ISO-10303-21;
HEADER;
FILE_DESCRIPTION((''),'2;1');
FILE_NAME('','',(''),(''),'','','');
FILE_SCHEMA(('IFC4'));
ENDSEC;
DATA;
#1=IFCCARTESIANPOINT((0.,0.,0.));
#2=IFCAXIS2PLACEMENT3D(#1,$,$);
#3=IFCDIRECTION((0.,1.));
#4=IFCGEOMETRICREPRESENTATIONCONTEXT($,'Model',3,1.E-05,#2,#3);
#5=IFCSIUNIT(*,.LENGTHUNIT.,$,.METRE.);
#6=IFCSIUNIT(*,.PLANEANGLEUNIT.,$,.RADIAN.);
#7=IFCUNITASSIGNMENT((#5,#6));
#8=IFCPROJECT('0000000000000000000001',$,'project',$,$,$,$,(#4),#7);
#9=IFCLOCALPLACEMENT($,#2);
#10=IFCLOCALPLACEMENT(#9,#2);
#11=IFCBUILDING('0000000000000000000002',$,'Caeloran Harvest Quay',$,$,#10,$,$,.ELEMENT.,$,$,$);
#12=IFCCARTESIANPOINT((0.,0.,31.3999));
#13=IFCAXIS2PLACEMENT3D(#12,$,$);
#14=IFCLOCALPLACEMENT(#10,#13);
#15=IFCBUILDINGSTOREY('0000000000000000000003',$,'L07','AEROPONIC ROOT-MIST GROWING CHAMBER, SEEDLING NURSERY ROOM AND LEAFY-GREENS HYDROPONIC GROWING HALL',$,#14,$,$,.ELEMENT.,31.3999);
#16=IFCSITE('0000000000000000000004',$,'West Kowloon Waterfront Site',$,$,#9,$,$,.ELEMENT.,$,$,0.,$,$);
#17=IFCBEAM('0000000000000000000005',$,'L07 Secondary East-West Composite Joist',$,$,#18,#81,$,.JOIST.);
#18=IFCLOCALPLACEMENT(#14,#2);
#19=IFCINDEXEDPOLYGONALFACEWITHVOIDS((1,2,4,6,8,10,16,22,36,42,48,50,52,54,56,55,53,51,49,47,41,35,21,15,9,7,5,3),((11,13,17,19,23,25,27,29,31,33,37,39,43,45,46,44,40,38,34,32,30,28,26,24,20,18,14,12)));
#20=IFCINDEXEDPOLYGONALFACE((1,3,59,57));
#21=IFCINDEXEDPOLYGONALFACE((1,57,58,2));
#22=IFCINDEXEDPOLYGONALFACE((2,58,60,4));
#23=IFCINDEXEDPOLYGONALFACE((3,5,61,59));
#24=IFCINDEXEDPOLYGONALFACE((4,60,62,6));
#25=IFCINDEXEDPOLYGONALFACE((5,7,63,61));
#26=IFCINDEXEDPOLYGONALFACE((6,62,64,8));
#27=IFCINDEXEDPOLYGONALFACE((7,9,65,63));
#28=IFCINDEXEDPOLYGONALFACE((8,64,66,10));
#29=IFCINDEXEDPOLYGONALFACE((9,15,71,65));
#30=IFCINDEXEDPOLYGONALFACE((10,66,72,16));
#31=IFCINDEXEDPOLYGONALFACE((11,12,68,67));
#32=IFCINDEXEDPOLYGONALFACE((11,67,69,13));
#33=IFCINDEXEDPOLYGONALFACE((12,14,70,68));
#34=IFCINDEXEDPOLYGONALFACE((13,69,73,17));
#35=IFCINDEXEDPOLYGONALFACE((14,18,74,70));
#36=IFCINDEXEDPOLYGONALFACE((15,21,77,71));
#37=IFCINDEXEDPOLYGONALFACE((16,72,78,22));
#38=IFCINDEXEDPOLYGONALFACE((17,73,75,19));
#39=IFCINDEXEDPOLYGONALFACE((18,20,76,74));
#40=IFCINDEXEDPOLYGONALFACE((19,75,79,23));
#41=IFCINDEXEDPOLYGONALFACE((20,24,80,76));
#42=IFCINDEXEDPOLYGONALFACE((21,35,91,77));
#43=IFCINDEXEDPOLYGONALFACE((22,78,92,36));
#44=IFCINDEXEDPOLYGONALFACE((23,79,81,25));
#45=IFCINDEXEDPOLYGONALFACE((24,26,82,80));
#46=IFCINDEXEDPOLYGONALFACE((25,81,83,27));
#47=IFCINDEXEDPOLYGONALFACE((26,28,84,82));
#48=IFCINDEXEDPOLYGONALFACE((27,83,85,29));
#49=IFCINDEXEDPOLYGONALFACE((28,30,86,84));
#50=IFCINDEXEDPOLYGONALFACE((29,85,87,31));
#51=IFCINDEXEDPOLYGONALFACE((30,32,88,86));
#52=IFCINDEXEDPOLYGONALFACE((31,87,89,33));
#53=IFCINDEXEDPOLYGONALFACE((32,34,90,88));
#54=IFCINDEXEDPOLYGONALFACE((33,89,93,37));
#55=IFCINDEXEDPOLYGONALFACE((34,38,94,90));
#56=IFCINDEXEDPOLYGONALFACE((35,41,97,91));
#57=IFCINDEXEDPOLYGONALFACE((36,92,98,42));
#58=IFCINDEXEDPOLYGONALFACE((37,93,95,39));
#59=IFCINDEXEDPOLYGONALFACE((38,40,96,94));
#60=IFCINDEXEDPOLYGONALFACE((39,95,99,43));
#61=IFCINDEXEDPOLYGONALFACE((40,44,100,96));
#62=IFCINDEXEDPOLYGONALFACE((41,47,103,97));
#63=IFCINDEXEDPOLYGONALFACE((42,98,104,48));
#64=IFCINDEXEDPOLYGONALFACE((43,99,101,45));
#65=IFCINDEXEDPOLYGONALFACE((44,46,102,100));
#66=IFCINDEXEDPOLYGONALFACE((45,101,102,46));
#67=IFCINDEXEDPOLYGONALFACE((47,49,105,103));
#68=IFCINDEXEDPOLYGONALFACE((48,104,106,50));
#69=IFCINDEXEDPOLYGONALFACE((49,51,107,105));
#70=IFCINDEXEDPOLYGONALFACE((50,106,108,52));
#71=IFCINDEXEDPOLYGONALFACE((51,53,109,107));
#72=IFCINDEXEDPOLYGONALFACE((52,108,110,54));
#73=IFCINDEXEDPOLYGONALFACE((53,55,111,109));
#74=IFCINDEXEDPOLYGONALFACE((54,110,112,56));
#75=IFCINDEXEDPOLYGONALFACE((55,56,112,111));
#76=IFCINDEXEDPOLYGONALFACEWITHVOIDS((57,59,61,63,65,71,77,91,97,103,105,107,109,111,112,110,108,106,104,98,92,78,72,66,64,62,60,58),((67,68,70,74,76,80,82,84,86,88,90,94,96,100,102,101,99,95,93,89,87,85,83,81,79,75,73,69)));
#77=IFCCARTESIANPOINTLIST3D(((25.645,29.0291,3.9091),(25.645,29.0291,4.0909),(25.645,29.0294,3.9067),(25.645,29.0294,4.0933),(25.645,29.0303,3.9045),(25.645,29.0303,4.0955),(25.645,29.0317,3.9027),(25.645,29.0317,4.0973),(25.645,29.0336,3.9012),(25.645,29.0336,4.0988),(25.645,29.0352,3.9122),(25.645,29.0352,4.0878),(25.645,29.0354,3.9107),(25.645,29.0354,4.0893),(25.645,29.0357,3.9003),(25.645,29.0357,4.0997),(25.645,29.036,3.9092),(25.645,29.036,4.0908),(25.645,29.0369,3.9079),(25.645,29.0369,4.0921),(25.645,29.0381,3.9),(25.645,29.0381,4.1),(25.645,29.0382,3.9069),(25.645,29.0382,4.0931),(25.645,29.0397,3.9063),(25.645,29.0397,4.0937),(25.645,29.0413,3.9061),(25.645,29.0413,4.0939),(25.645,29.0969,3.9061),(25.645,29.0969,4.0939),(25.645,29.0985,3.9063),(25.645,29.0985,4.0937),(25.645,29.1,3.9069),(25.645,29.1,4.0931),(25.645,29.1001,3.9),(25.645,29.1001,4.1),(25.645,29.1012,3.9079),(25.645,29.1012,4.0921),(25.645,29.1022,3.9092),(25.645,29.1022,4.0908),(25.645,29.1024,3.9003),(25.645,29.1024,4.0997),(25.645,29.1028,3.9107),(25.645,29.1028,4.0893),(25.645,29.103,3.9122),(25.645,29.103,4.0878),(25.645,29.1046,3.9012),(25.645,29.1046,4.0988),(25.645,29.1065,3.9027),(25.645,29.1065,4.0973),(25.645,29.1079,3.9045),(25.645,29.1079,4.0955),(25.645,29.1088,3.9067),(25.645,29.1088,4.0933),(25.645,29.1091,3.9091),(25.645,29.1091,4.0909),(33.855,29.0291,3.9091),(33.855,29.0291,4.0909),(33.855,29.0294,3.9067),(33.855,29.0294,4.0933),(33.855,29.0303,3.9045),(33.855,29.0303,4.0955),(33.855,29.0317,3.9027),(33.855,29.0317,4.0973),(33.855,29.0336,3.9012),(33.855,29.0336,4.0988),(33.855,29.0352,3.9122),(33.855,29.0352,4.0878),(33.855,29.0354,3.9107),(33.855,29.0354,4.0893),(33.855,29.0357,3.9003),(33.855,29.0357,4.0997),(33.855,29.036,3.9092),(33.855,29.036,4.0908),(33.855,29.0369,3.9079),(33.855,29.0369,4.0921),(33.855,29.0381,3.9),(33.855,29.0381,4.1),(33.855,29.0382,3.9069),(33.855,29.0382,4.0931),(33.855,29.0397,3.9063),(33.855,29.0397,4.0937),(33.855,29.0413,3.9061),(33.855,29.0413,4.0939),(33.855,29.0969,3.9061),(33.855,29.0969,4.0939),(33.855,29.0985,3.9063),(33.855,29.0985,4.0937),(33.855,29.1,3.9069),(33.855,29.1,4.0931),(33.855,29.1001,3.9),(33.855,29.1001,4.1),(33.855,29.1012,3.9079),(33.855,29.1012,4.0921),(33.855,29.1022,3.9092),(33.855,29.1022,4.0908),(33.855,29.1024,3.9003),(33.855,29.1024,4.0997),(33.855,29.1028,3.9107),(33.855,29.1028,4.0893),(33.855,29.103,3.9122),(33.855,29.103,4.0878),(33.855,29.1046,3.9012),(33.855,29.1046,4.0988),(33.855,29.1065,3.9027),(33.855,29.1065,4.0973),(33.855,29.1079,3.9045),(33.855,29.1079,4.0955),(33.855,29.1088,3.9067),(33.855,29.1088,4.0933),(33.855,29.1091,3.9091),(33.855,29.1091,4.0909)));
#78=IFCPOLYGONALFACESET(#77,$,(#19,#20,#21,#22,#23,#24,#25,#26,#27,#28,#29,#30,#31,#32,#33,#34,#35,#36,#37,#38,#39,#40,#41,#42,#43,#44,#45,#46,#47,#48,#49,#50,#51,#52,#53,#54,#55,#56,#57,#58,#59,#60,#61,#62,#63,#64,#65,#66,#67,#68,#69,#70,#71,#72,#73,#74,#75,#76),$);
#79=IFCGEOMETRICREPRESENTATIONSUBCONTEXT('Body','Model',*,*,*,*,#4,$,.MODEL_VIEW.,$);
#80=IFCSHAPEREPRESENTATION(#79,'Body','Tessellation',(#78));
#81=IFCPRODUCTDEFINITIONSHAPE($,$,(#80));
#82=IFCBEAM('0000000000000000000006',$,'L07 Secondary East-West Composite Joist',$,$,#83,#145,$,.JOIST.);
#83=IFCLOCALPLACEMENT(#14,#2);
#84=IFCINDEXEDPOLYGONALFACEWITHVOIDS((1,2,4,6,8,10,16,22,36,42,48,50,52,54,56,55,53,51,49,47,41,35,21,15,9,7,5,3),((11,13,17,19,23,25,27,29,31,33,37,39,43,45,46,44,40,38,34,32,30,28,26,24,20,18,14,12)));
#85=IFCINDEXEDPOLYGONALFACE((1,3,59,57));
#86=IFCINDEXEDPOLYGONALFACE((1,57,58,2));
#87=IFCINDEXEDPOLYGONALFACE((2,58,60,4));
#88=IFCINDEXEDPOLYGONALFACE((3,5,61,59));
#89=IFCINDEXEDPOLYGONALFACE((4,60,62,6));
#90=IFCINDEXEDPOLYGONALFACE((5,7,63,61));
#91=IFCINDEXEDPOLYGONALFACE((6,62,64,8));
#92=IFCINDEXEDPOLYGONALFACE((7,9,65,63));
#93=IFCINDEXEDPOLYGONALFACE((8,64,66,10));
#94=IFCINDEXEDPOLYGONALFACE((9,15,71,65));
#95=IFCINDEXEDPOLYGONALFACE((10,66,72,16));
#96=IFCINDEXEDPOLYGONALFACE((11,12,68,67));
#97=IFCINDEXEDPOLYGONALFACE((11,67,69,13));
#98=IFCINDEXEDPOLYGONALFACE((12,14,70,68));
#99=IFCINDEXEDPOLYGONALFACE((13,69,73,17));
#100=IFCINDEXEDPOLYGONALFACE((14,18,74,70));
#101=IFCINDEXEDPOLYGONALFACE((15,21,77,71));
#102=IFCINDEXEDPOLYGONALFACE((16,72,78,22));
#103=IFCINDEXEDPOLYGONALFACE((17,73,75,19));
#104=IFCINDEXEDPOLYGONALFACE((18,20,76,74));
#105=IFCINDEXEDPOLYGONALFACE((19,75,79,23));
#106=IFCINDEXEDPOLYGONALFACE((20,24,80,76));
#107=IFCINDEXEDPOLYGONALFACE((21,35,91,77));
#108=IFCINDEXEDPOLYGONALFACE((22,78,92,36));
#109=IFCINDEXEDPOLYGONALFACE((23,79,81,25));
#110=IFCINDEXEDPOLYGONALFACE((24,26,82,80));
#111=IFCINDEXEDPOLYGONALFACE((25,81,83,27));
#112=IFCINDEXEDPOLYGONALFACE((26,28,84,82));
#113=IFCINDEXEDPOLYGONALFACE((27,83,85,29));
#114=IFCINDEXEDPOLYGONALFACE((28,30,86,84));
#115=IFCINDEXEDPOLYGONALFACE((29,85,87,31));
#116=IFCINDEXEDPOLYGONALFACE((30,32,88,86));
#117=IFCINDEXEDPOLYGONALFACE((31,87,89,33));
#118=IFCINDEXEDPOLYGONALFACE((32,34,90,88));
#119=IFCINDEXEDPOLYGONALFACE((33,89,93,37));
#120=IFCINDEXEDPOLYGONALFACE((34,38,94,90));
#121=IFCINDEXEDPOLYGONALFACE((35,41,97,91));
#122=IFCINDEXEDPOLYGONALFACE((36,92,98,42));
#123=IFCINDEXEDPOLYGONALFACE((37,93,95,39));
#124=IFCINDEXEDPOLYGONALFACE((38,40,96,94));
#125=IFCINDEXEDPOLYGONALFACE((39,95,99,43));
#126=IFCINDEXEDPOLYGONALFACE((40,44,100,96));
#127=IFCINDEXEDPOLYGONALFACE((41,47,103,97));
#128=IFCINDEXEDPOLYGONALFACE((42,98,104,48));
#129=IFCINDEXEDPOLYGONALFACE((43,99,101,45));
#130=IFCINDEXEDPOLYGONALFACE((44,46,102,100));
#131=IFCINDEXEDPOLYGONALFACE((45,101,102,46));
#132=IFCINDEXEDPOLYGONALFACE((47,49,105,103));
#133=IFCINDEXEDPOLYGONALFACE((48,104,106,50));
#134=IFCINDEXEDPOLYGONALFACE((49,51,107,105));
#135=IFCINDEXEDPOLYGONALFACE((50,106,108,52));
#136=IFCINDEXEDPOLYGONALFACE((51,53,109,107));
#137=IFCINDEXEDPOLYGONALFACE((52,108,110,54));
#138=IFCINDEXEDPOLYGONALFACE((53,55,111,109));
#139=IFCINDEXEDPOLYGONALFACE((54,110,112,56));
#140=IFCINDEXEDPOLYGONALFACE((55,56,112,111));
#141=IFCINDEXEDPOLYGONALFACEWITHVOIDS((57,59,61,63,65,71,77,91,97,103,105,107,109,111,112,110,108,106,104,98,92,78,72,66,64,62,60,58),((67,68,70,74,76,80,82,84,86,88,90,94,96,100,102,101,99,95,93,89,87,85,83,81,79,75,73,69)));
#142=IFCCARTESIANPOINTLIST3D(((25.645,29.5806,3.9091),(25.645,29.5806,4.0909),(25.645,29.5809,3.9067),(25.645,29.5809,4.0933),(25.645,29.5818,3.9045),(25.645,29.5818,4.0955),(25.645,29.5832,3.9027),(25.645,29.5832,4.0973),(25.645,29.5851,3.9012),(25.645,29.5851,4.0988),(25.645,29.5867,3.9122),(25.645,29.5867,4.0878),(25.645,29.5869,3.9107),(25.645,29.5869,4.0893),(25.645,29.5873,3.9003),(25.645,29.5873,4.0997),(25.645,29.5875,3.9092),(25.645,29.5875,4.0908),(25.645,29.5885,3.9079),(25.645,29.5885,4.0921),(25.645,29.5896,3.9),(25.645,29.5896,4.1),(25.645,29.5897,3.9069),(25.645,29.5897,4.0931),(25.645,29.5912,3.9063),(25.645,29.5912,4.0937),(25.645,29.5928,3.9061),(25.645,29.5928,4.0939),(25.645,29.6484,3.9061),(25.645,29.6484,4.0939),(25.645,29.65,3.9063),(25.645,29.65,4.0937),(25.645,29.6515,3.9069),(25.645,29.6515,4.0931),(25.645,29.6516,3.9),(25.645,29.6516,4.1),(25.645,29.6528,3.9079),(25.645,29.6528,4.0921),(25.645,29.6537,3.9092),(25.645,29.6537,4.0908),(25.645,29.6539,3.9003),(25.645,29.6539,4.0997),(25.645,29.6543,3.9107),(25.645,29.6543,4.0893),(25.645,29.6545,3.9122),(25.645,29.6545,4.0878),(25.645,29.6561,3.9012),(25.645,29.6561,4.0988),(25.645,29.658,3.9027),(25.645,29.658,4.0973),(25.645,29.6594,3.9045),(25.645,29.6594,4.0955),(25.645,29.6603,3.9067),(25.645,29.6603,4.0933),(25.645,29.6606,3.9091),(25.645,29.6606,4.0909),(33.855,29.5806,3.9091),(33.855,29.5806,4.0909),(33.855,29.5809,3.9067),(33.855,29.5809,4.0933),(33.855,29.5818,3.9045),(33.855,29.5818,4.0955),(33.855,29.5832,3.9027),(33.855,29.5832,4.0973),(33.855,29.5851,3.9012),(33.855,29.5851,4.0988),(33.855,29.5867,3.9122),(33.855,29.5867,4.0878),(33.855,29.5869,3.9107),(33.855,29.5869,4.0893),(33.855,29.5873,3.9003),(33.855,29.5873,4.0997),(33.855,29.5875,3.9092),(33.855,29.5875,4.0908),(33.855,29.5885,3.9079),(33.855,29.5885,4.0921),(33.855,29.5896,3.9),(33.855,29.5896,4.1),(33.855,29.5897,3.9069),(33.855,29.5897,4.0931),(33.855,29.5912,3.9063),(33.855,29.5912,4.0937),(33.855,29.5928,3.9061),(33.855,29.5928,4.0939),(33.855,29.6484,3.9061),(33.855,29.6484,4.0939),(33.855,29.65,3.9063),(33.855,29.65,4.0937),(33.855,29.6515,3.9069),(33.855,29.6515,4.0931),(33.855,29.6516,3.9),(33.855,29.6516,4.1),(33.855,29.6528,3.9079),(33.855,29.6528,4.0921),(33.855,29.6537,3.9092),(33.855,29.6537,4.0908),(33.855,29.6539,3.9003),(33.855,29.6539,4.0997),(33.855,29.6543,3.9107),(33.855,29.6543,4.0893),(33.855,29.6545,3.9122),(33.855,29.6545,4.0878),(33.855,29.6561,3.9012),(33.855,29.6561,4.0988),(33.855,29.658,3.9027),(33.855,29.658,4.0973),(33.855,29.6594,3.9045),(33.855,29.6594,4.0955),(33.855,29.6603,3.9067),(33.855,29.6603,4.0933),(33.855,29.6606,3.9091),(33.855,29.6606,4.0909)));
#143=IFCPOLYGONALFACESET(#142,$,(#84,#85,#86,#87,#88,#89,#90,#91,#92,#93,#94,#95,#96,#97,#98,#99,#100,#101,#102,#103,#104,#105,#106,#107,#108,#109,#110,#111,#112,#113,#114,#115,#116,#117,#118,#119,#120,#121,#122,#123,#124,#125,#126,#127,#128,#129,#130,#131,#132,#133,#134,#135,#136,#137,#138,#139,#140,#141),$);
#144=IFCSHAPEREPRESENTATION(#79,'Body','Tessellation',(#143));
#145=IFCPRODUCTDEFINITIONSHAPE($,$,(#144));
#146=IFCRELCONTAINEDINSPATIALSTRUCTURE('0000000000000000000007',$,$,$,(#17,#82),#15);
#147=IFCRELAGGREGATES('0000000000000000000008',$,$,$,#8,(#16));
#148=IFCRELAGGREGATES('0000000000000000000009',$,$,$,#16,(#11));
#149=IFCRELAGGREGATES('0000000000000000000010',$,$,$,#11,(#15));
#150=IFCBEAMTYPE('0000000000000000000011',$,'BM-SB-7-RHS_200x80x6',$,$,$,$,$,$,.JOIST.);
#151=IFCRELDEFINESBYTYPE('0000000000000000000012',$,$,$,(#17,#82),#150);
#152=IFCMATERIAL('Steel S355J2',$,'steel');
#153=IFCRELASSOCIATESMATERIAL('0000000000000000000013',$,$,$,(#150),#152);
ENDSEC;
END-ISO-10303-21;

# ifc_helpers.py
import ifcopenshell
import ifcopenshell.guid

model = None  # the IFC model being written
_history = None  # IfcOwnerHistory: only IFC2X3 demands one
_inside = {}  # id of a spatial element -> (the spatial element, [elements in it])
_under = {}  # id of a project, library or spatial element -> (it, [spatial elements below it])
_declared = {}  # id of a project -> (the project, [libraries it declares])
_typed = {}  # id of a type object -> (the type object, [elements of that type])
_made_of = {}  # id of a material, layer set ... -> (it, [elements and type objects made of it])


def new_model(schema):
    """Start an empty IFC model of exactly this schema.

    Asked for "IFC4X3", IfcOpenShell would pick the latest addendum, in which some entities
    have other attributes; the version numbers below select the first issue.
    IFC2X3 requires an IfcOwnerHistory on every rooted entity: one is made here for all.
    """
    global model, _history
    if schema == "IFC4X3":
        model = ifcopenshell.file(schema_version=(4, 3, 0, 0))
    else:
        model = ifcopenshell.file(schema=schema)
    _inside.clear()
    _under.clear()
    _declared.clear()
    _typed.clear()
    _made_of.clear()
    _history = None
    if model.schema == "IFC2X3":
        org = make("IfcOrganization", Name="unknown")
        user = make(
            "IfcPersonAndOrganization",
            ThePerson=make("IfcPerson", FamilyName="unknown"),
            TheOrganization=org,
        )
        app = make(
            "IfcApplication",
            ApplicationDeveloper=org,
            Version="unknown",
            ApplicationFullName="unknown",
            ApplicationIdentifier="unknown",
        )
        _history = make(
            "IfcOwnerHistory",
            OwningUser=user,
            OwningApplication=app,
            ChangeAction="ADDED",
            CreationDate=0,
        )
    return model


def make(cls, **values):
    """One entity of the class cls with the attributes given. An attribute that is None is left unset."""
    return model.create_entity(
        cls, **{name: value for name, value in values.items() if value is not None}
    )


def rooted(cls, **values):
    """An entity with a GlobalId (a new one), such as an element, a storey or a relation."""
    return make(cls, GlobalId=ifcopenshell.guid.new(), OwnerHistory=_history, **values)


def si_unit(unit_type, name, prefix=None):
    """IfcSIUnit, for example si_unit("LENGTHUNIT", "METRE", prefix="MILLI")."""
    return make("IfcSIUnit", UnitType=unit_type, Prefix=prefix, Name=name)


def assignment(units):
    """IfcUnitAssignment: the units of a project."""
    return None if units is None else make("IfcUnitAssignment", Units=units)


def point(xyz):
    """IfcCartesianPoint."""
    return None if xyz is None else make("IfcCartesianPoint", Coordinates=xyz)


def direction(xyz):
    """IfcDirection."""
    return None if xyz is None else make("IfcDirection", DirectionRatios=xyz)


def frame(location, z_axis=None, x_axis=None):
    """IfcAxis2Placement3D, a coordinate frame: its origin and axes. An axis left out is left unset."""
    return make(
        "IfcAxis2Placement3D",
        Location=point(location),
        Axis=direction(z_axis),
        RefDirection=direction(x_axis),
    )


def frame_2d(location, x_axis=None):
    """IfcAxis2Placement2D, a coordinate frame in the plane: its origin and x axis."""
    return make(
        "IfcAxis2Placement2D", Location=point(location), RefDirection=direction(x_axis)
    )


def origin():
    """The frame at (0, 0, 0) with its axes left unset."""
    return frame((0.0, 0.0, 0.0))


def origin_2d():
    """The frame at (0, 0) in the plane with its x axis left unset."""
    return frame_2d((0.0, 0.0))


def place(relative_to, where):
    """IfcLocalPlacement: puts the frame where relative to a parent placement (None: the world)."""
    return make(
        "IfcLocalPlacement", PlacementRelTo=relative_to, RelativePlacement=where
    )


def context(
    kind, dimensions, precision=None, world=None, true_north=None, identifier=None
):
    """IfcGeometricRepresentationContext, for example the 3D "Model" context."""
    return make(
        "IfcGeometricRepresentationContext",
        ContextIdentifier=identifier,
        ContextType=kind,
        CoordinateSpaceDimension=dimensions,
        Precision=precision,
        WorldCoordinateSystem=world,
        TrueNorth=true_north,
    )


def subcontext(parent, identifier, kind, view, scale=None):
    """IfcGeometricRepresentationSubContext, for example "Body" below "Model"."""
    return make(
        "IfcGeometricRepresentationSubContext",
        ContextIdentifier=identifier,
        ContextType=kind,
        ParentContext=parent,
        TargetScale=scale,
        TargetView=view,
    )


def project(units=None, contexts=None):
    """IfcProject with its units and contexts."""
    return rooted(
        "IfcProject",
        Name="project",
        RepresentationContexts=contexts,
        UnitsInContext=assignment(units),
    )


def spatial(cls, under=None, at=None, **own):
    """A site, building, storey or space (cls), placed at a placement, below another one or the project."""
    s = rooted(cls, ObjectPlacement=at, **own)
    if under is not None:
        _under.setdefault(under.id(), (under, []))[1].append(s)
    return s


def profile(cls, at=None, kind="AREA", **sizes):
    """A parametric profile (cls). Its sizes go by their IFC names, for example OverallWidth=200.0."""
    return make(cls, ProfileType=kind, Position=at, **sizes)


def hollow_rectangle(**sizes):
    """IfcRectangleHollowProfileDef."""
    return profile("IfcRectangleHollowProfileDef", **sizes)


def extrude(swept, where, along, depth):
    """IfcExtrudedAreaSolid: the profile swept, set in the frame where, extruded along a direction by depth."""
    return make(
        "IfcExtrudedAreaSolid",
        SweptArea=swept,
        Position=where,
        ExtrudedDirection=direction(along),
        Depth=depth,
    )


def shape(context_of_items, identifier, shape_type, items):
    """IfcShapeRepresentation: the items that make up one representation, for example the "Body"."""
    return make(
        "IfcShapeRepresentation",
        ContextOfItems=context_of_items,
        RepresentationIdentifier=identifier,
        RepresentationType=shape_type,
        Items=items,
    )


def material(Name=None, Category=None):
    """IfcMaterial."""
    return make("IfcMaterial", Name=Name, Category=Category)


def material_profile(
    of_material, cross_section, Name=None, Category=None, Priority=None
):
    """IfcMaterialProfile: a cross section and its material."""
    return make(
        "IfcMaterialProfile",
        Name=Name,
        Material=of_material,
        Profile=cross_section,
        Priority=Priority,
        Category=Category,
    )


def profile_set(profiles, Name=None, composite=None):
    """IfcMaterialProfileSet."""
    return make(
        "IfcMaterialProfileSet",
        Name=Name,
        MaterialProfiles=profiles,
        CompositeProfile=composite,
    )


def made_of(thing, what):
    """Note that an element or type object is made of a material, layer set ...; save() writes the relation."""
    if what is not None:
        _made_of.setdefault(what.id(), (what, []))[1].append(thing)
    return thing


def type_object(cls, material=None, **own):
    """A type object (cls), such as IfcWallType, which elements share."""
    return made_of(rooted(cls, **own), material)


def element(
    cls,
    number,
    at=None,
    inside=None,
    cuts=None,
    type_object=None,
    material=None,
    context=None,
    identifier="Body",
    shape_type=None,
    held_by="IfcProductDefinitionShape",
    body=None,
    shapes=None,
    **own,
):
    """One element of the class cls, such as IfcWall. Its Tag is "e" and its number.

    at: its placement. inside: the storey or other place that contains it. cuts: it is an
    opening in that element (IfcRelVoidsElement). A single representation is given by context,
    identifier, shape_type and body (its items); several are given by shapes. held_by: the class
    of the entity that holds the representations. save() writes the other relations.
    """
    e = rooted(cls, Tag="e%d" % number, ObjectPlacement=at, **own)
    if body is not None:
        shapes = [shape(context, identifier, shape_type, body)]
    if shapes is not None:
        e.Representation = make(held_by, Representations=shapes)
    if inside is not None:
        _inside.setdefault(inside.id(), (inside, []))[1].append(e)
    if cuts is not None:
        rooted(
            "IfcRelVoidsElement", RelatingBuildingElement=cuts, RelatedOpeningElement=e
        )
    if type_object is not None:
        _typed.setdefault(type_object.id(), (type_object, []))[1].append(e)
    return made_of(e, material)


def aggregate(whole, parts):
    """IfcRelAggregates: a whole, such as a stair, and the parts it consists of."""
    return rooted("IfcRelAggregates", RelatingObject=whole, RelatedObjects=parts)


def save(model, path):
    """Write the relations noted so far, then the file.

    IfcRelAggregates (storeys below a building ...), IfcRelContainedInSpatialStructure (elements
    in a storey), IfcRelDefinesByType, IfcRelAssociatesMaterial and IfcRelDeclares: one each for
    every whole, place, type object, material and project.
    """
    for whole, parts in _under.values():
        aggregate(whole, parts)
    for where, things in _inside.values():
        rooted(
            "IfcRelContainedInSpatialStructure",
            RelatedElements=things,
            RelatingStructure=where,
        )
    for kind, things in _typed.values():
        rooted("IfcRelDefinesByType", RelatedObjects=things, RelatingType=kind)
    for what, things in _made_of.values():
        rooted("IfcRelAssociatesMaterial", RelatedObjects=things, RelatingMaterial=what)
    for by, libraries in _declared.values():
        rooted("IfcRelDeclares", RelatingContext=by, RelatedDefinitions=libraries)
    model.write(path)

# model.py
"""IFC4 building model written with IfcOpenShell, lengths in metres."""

from ifc_helpers import new_model, si_unit, direction, frame, origin, origin_2d, place, context, subcontext, project, spatial, hollow_rectangle, extrude, material, material_profile, profile_set, type_object, element, save


model = new_model("IFC4")

# Units and contexts
model_context = context("Model", 3, precision=1e-05, world=origin(), true_north=direction((0.0, 1.0)))
body_context = subcontext(model_context, "Body", "Model", "MODEL_VIEW")
ifc_project = project(units=[si_unit("LENGTHUNIT", "METRE"), si_unit("PLANEANGLEUNIT", "RADIAN")], contexts=[model_context])

# Site, building, storey
site_placement = place(None, origin())
site = spatial("IfcSite", under=ifc_project, at=site_placement, Name="West Kowloon Waterfront Site", CompositionType="ELEMENT", RefElevation=0.0)
building_placement = place(site_placement, origin())
building = spatial("IfcBuilding", under=site, at=building_placement, Name="Caeloran Harvest Quay", CompositionType="ELEMENT")
storey_placement = place(building_placement, frame((0.0, 0.0, 31.3999)))
storey = spatial("IfcBuildingStorey", under=building, at=storey_placement, Name="L07", Description="AEROPONIC ROOT-MIST GROWING CHAMBER, SEEDLING NURSERY ROOM AND LEAFY-GREENS HYDROPONIC GROWING HALL", CompositionType="ELEMENT", Elevation=31.3999)

# Beams
ifc_material_1 = material(Name="Steel S355J2", Category="steel")
ifc_material_profile_1 = material_profile(ifc_material_1, hollow_rectangle(XDim=0.0801, YDim=0.2, WallThickness=0.0061, InnerFilletRadius=0.0061, OuterFilletRadius=0.009, at=origin_2d()), Name="RHS 200x80x6")
ifc_profile_set_1 = profile_set([ifc_material_profile_1], Name="Steel S355J2")
beam_type_1 = type_object("IfcBeamType", Name="BM-SB-7-RHS_200x80x6", PredefinedType="JOIST", material=ifc_profile_set_1)
for number, where, z_axis, x_axis, name in (
    (1, (25.645, 29.0691, 4.0), (1.0, 0.0, 0.0), (0.0, 1.0, 0.0), "L07 Secondary East-West Composite Joist"),
    (2, (25.645, 29.6206, 4.0), (1.0, 0.0, 0.0), (0.0, 1.0, 0.0), "L07 Secondary East-West Composite Joist"),
):
    element("IfcBeam", number, at=place(storey_placement, frame(where, z_axis=z_axis, x_axis=x_axis)), inside=storey, type_object=beam_type_1, Name=name, PredefinedType="JOIST", context=body_context, shape_type="SweptSolid", body=[
        extrude(hollow_rectangle(XDim=0.0801, YDim=0.2, WallThickness=0.0061, InnerFilletRadius=0.0061, OuterFilletRadius=0.009, at=origin_2d()), origin(), (0.0, 0.0, 1.0), 8.21),
    ])

save(model, "model.ifc")
